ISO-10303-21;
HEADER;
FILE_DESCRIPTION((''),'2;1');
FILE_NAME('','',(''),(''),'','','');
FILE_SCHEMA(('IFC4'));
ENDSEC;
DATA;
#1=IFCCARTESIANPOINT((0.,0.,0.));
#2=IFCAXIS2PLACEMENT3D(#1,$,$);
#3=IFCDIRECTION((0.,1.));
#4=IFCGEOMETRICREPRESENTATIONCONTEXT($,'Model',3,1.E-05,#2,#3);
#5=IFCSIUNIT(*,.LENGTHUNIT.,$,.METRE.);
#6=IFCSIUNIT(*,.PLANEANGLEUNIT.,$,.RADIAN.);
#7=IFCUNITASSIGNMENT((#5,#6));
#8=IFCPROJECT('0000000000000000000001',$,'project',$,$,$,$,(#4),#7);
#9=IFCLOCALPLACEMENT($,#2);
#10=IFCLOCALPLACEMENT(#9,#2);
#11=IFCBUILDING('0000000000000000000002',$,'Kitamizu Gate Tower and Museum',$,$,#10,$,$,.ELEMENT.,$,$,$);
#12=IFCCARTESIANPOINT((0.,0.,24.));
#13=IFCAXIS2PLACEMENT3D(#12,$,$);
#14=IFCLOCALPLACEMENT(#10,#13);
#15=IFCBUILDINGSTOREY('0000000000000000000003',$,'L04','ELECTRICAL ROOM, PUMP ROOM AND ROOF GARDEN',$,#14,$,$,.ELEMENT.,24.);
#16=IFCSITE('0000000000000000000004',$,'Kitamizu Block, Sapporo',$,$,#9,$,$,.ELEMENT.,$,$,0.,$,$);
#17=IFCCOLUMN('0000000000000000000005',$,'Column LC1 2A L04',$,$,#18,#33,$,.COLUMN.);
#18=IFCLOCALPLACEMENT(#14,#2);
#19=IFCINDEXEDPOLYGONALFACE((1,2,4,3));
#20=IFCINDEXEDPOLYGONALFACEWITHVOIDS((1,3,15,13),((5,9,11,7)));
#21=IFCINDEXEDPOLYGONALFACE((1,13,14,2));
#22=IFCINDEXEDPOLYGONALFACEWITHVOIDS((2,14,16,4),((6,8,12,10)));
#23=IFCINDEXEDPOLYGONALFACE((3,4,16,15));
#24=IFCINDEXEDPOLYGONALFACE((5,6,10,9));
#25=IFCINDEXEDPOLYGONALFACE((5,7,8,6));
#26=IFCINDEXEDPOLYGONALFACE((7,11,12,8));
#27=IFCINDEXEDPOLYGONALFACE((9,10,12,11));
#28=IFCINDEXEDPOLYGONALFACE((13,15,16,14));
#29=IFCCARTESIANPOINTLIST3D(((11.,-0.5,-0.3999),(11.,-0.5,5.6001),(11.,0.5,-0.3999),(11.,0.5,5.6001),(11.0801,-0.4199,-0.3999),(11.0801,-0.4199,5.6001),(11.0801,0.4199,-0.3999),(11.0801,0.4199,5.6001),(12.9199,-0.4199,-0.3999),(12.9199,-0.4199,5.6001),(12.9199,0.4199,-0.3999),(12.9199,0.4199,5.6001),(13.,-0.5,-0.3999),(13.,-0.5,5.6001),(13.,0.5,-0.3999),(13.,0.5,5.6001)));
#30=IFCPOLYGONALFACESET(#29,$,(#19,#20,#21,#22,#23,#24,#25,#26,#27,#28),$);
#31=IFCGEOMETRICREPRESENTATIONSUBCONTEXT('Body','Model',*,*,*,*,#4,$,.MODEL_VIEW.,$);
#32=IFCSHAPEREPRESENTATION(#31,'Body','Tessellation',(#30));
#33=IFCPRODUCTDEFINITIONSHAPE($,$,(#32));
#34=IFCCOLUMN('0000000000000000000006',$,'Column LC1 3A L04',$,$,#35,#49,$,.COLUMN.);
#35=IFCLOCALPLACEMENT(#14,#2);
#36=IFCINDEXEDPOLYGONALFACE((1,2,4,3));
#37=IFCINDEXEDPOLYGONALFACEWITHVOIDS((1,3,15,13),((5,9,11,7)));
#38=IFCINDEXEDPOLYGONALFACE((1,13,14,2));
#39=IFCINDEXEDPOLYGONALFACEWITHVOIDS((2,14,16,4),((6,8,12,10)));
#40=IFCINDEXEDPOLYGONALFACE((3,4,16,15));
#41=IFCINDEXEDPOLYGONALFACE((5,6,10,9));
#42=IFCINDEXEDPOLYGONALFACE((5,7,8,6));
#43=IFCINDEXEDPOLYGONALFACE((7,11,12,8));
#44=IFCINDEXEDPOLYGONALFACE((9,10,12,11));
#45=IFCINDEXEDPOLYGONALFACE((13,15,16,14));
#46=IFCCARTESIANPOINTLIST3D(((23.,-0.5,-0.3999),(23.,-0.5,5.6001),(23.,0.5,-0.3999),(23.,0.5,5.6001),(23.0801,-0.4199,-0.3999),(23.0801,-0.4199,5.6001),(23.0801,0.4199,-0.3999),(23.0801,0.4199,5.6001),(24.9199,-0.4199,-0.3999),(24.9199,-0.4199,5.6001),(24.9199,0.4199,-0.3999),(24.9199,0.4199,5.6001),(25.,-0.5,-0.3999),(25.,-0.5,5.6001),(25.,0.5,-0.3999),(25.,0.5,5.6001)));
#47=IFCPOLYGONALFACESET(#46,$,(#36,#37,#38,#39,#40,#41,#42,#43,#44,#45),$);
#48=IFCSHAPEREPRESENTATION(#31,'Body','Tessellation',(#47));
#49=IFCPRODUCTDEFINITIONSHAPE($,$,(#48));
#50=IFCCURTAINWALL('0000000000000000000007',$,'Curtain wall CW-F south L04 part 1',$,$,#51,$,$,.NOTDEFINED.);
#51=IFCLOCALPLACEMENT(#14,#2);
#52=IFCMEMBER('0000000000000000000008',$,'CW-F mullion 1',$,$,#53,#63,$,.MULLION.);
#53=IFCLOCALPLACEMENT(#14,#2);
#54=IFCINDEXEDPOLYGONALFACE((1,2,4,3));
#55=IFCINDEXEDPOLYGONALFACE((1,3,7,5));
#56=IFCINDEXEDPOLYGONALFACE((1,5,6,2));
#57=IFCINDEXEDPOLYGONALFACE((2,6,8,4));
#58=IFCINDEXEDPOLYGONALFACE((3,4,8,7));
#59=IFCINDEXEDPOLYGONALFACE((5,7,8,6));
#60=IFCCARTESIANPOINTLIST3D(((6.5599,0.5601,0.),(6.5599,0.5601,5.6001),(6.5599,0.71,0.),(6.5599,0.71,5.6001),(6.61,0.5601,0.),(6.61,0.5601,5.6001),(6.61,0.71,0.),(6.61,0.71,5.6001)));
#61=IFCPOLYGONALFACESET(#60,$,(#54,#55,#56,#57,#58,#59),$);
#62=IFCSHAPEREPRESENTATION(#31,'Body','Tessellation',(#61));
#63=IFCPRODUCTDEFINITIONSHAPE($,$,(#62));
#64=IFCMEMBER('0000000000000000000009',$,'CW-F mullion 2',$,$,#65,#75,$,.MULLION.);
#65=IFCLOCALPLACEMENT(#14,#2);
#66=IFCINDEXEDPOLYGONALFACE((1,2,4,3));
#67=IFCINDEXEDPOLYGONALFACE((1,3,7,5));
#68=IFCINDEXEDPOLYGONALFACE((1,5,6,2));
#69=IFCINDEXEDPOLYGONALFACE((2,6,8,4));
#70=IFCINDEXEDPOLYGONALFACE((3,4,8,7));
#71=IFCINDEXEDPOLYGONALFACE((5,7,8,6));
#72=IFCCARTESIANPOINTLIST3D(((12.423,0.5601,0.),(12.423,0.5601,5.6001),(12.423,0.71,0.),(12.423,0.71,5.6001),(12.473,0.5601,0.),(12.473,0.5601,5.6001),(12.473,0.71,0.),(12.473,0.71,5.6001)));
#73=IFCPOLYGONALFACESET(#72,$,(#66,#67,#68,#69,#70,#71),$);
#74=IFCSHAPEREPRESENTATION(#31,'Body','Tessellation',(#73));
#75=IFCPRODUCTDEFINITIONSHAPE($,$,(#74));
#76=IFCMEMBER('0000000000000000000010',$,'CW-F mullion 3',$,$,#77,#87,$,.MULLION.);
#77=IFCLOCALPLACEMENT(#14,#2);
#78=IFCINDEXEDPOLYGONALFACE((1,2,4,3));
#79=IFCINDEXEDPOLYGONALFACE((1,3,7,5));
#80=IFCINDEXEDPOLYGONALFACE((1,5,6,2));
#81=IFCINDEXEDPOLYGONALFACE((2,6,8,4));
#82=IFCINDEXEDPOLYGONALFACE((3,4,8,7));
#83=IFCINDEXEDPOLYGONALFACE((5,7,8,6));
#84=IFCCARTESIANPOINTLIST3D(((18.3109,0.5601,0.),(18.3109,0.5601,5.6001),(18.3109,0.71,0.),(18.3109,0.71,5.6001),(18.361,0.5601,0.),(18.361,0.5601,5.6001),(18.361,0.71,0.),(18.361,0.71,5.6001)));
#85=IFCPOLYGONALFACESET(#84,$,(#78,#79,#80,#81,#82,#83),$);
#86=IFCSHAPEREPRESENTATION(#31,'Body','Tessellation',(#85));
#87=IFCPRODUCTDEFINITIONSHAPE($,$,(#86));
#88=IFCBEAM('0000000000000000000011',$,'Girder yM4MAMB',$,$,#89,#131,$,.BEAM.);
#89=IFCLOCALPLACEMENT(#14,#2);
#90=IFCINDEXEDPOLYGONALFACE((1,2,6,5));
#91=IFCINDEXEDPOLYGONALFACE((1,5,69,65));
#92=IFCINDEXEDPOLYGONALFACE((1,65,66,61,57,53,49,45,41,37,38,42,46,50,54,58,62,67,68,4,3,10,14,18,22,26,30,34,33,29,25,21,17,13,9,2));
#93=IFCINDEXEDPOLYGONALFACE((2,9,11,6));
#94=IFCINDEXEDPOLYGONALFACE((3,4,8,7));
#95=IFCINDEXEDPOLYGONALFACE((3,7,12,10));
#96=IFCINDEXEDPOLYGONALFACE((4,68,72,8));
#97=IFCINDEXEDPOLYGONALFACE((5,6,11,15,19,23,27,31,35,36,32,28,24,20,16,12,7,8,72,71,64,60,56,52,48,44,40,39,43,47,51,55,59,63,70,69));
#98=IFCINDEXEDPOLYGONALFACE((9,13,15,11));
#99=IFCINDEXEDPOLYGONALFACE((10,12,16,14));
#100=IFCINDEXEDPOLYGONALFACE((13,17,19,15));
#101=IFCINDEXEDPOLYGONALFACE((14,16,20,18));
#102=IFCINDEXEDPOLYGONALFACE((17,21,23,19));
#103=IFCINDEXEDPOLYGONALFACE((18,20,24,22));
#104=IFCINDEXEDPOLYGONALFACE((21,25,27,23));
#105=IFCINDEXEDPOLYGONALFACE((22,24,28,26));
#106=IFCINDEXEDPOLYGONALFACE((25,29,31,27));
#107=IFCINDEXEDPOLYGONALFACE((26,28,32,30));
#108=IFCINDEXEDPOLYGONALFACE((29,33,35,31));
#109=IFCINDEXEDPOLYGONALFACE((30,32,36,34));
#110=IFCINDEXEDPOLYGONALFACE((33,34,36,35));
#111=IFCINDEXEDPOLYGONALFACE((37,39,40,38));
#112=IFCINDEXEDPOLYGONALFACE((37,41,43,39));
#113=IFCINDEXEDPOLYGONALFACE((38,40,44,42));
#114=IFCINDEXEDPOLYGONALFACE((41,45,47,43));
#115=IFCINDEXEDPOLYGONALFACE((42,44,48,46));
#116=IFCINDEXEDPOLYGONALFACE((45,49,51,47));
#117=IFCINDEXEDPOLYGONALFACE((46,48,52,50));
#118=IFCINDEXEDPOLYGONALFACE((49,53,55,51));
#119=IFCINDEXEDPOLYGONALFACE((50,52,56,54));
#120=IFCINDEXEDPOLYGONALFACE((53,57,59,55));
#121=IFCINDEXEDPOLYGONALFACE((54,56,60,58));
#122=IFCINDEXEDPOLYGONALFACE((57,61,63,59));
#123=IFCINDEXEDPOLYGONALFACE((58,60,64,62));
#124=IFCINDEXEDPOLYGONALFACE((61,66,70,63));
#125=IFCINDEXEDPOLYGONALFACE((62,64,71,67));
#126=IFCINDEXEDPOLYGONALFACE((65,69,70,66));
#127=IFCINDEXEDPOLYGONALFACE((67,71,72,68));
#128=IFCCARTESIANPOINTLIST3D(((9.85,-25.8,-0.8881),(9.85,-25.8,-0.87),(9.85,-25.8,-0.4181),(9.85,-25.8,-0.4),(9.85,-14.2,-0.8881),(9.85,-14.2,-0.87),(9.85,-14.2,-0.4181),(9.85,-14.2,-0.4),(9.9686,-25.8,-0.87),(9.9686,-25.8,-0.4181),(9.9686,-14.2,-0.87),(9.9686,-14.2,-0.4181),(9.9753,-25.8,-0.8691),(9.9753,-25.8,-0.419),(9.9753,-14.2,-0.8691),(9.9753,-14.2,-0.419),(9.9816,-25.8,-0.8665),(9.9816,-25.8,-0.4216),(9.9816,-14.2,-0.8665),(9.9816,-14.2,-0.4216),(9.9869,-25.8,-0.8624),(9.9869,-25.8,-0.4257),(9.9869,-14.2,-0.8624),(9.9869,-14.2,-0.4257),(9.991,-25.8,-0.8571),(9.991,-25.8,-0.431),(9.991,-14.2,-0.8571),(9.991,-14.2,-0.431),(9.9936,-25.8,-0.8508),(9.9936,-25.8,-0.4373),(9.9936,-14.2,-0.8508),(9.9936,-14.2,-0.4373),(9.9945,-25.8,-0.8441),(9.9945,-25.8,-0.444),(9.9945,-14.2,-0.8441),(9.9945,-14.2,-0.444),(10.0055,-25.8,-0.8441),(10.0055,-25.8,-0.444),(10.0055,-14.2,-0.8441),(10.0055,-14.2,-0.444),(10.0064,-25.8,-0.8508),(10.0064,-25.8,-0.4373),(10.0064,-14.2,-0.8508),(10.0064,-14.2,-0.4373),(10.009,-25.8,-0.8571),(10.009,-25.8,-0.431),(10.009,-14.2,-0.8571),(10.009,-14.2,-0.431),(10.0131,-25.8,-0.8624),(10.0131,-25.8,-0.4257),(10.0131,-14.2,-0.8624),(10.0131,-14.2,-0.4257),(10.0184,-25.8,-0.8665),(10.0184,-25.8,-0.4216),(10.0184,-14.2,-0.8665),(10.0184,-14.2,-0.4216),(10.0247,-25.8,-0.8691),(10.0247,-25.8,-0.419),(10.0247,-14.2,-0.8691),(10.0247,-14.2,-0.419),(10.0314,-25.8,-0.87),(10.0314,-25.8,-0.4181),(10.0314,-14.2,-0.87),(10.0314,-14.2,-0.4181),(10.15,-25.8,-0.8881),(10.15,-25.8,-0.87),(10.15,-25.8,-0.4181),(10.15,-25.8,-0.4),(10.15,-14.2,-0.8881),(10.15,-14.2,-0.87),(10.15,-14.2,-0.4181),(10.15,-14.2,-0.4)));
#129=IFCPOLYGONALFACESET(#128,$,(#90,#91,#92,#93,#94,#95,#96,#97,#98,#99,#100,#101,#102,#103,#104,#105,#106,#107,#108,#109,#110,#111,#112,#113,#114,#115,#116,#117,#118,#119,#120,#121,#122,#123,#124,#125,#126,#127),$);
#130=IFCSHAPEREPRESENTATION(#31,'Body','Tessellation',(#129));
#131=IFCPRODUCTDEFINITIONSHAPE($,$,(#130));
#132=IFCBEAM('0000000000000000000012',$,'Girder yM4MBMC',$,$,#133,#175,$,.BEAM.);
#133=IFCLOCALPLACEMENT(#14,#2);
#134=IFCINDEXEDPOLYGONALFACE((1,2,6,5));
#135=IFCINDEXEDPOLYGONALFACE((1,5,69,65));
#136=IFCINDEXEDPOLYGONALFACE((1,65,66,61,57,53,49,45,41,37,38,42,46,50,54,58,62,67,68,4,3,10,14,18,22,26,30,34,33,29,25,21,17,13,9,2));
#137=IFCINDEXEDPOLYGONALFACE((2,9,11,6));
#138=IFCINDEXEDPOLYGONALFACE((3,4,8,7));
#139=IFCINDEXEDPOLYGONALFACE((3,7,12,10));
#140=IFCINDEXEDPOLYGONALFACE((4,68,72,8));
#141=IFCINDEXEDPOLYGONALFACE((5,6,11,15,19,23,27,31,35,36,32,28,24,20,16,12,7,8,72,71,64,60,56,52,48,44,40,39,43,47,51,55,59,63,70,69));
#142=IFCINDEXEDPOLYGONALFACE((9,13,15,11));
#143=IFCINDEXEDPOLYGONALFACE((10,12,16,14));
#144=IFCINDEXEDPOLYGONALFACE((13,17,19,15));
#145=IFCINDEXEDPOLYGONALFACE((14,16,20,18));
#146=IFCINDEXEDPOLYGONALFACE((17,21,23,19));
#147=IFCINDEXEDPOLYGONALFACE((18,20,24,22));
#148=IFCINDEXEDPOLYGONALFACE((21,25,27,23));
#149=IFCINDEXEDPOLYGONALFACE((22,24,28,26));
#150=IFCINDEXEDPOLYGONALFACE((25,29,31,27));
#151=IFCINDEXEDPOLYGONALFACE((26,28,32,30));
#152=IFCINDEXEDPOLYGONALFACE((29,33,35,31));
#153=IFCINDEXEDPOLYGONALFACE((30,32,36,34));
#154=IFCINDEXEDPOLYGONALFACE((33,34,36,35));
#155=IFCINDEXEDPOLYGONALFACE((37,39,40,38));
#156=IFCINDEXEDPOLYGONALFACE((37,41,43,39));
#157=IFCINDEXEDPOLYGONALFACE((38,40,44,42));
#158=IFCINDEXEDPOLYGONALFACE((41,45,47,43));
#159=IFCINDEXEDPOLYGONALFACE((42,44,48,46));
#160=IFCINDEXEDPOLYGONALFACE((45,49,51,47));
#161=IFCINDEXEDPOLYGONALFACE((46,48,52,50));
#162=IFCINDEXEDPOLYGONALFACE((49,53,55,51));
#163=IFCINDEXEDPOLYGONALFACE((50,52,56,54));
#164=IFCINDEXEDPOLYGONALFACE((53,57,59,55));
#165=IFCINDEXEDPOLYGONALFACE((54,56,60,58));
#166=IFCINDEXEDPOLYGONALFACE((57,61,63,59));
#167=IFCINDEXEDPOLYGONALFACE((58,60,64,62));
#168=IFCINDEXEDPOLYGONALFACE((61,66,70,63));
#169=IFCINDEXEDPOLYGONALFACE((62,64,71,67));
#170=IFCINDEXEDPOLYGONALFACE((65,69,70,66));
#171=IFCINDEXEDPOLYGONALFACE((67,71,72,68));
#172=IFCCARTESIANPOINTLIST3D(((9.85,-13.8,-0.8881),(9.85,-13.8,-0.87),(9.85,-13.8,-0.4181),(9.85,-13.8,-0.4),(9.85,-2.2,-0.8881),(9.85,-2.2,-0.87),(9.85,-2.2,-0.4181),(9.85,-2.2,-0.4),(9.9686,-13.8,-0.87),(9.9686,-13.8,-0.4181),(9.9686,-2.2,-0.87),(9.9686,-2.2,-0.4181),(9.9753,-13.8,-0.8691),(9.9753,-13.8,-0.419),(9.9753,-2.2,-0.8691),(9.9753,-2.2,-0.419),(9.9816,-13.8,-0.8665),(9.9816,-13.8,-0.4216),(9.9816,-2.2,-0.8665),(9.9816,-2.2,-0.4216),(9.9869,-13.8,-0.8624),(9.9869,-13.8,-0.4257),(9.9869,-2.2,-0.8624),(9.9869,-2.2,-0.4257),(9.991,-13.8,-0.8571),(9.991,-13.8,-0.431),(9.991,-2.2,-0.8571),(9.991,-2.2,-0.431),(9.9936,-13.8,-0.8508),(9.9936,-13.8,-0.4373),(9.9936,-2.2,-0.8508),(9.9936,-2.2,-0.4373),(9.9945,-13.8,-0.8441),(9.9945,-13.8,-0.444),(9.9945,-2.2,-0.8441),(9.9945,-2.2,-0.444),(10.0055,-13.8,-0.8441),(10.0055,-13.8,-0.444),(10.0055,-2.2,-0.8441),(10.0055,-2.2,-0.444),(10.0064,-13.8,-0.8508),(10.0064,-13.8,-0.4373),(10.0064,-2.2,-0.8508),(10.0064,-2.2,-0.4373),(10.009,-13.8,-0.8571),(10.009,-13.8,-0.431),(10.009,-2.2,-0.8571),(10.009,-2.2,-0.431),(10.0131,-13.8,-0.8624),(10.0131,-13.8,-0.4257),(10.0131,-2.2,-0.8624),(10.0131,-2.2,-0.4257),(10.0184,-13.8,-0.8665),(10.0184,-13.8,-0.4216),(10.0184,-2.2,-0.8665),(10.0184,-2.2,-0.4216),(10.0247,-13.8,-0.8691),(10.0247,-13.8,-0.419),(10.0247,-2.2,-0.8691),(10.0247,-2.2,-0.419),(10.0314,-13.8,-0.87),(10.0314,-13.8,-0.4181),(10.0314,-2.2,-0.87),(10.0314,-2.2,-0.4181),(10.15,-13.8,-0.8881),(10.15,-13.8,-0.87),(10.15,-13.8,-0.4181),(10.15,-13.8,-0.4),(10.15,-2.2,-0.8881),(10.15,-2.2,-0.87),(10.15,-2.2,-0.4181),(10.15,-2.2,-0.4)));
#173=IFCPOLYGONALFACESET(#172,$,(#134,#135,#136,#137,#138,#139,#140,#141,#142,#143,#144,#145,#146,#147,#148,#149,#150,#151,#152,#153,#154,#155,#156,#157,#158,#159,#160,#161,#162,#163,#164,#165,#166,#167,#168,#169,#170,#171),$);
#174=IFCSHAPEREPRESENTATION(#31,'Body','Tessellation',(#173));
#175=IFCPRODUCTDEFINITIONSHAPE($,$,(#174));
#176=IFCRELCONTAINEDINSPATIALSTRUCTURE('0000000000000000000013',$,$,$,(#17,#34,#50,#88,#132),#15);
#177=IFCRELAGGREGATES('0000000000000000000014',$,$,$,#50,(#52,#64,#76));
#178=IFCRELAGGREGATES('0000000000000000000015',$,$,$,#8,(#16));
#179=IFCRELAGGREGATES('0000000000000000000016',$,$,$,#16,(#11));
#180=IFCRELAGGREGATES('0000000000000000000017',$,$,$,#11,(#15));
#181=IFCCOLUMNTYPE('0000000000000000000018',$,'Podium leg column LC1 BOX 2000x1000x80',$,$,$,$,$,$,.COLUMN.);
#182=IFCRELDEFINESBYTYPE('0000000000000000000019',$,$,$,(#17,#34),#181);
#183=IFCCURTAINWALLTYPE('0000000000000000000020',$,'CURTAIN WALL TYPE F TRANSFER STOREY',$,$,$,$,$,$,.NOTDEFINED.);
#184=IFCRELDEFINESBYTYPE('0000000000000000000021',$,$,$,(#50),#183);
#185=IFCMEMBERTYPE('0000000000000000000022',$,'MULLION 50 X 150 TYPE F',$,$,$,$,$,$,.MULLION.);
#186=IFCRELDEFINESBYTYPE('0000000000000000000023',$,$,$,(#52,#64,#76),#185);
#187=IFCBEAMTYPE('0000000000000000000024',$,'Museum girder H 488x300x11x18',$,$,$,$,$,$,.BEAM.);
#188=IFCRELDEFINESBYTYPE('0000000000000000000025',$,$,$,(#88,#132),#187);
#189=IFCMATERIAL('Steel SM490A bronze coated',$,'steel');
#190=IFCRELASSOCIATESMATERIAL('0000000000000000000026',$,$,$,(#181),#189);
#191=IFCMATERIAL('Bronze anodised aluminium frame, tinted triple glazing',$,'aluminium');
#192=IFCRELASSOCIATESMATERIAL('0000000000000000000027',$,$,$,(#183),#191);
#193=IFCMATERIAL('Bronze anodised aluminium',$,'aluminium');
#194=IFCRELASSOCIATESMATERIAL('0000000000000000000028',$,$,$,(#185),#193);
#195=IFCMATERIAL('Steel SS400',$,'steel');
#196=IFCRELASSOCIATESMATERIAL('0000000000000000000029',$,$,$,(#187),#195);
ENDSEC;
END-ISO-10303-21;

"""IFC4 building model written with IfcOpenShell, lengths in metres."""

from ifc_helpers import new_model, si_unit, direction, frame, origin, origin_2d, place, context, subcontext, project, spatial, rectangle, hollow_rectangle, i_section, extrude, material, material_profile, profile_set, type_object, element, aggregate, save


model = new_model("IFC4")

# Units and contexts
model_context = context("Model", 3, precision=1e-05, world=origin(), true_north=direction((0.0, 1.0)))
body_context = subcontext(model_context, "Body", "Model", "MODEL_VIEW")
ifc_project = project(units=[si_unit("LENGTHUNIT", "METRE"), si_unit("PLANEANGLEUNIT", "RADIAN")], contexts=[model_context])

# Site, building, storey
site_placement = place(None, origin())
site = spatial("IfcSite", under=ifc_project, at=site_placement, Name="Kitamizu Block, Sapporo", CompositionType="ELEMENT", RefElevation=0.0)
building_placement = place(site_placement, origin())
building = spatial("IfcBuilding", under=site, at=building_placement, Name="Kitamizu Gate Tower and Museum", CompositionType="ELEMENT")
storey_placement = place(building_placement, frame((0.0, 0.0, 24.0)))
storey = spatial("IfcBuildingStorey", under=building, at=storey_placement, Name="L04", Description="ELECTRICAL ROOM, PUMP ROOM AND ROOF GARDEN", CompositionType="ELEMENT", Elevation=24.0)

# Columns
ifc_material_1 = material(Name="Steel SM490A bronze coated", Category="steel")
ifc_material_profile_1 = material_profile(ifc_material_1, hollow_rectangle(XDim=2.0, YDim=1.0, WallThickness=0.0801, at=origin_2d()), Name="BOX 2000x1000x80")
ifc_profile_set_1 = profile_set([ifc_material_profile_1], Name="Steel SM490A bronze coated")
column_type = type_object("IfcColumnType", Name="Podium leg column LC1 BOX 2000x1000x80", PredefinedType="COLUMN", material=ifc_profile_set_1)
for number, where, z_axis, x_axis, name in (
    (1, (12.0, 0.0, -0.3999), (0.0, 0.0, 1.0), (1.0, 0.0, 0.0), "Column LC1 2A L04"),
    (2, (24.0, 0.0, -0.3999), (0.0, 0.0, 1.0), (1.0, 0.0, 0.0), "Column LC1 3A L04"),
):
    element("IfcColumn", number, at=place(storey_placement, frame(where, z_axis=z_axis, x_axis=x_axis)), inside=storey, type_object=column_type, Name=name, PredefinedType="COLUMN", context=body_context, shape_type="SweptSolid", body=[
        extrude(hollow_rectangle(XDim=2.0, YDim=1.0, WallThickness=0.0801, at=origin_2d()), origin(), (0.0, 0.0, 1.0), 6.0),
    ])

# Curtain wall, members
ifc_material_2 = material(Name="Bronze anodised aluminium frame, tinted triple glazing", Category="aluminium")
curtain_wall_type = type_object("IfcCurtainWallType", Name="CURTAIN WALL TYPE F TRANSFER STOREY", PredefinedType="NOTDEFINED", material=ifc_material_2)
curtain_wall_placement = place(storey_placement, origin())
curtain_wall = element("IfcCurtainWall", 3, at=curtain_wall_placement, inside=storey, type_object=curtain_wall_type, Name="Curtain wall CW-F south L04 part 1", PredefinedType="NOTDEFINED")
ifc_material_3 = material(Name="Bronze anodised aluminium", Category="aluminium")
ifc_material_profile_2 = material_profile(ifc_material_3, rectangle(XDim=0.05, YDim=0.1499, at=origin_2d()), Name="AL 50X150")
ifc_profile_set_2 = profile_set([ifc_material_profile_2], Name="Bronze anodised aluminium")
member_type_1 = type_object("IfcMemberType", Name="MULLION 50 X 150 TYPE F", PredefinedType="MULLION", material=ifc_profile_set_2)
member_1_placement = place(storey_placement, frame((6.585, 0.635, 0.0), z_axis=(0.0, 0.0, 1.0), x_axis=(1.0, 0.0, 0.0)))
member_1 = element("IfcMember", 4, at=member_1_placement, type_object=member_type_1, Name="CW-F mullion 1", PredefinedType="MULLION", context=body_context, shape_type="SweptSolid", body=[
    extrude(rectangle(XDim=0.05, YDim=0.1499, at=origin_2d()), origin(), (0.0, 0.0, 1.0), 5.6001),
])
member_2_placement = place(storey_placement, frame((12.448, 0.635, 0.0), z_axis=(0.0, 0.0, 1.0), x_axis=(1.0, 0.0, 0.0)))
member_2 = element("IfcMember", 5, at=member_2_placement, type_object=member_type_1, Name="CW-F mullion 2", PredefinedType="MULLION", context=body_context, shape_type="SweptSolid", body=[
    extrude(rectangle(XDim=0.05, YDim=0.1499, at=origin_2d()), origin(), (0.0, 0.0, 1.0), 5.6001),
])
member_3_placement = place(storey_placement, frame((18.3359, 0.635, 0.0), z_axis=(0.0, 0.0, 1.0), x_axis=(1.0, 0.0, 0.0)))
member_3 = element("IfcMember", 6, at=member_3_placement, type_object=member_type_1, Name="CW-F mullion 3", PredefinedType="MULLION", context=body_context, shape_type="SweptSolid", body=[
    extrude(rectangle(XDim=0.05, YDim=0.1499, at=origin_2d()), origin(), (0.0, 0.0, 1.0), 5.6001),
])

# Beams
ifc_material_4 = material(Name="Steel SS400", Category="steel")
ifc_material_profile_3 = material_profile(ifc_material_4, i_section(OverallWidth=0.3, OverallDepth=0.488, WebThickness=0.011, FlangeThickness=0.0181, FilletRadius=0.0259, at=origin_2d()), Name="H-488x300x11x18")
ifc_profile_set_3 = profile_set([ifc_material_profile_3], Name="Steel SS400")
beam_type_1 = type_object("IfcBeamType", Name="Museum girder H 488x300x11x18", PredefinedType="BEAM", material=ifc_profile_set_3)
for number, where, z_axis, x_axis, name in (
    (7, (10.0, -25.8, -0.644), (0.0, 1.0, 0.0), (-1.0, 0.0, 0.0), "Girder yM4MAMB"),
    (8, (10.0, -13.8, -0.644), (0.0, 1.0, 0.0), (-1.0, 0.0, 0.0), "Girder yM4MBMC"),
):
    element("IfcBeam", number, at=place(storey_placement, frame(where, z_axis=z_axis, x_axis=x_axis)), inside=storey, type_object=beam_type_1, Name=name, PredefinedType="BEAM", context=body_context, shape_type="SweptSolid", body=[
        extrude(i_section(OverallWidth=0.3, OverallDepth=0.488, WebThickness=0.011, FlangeThickness=0.0181, FilletRadius=0.0259, at=origin_2d()), origin(), (0.0, 0.0, 1.0), 11.6001),
    ])

aggregate(curtain_wall, [member_1, member_2, member_3])

save(model, "model.ifc")
